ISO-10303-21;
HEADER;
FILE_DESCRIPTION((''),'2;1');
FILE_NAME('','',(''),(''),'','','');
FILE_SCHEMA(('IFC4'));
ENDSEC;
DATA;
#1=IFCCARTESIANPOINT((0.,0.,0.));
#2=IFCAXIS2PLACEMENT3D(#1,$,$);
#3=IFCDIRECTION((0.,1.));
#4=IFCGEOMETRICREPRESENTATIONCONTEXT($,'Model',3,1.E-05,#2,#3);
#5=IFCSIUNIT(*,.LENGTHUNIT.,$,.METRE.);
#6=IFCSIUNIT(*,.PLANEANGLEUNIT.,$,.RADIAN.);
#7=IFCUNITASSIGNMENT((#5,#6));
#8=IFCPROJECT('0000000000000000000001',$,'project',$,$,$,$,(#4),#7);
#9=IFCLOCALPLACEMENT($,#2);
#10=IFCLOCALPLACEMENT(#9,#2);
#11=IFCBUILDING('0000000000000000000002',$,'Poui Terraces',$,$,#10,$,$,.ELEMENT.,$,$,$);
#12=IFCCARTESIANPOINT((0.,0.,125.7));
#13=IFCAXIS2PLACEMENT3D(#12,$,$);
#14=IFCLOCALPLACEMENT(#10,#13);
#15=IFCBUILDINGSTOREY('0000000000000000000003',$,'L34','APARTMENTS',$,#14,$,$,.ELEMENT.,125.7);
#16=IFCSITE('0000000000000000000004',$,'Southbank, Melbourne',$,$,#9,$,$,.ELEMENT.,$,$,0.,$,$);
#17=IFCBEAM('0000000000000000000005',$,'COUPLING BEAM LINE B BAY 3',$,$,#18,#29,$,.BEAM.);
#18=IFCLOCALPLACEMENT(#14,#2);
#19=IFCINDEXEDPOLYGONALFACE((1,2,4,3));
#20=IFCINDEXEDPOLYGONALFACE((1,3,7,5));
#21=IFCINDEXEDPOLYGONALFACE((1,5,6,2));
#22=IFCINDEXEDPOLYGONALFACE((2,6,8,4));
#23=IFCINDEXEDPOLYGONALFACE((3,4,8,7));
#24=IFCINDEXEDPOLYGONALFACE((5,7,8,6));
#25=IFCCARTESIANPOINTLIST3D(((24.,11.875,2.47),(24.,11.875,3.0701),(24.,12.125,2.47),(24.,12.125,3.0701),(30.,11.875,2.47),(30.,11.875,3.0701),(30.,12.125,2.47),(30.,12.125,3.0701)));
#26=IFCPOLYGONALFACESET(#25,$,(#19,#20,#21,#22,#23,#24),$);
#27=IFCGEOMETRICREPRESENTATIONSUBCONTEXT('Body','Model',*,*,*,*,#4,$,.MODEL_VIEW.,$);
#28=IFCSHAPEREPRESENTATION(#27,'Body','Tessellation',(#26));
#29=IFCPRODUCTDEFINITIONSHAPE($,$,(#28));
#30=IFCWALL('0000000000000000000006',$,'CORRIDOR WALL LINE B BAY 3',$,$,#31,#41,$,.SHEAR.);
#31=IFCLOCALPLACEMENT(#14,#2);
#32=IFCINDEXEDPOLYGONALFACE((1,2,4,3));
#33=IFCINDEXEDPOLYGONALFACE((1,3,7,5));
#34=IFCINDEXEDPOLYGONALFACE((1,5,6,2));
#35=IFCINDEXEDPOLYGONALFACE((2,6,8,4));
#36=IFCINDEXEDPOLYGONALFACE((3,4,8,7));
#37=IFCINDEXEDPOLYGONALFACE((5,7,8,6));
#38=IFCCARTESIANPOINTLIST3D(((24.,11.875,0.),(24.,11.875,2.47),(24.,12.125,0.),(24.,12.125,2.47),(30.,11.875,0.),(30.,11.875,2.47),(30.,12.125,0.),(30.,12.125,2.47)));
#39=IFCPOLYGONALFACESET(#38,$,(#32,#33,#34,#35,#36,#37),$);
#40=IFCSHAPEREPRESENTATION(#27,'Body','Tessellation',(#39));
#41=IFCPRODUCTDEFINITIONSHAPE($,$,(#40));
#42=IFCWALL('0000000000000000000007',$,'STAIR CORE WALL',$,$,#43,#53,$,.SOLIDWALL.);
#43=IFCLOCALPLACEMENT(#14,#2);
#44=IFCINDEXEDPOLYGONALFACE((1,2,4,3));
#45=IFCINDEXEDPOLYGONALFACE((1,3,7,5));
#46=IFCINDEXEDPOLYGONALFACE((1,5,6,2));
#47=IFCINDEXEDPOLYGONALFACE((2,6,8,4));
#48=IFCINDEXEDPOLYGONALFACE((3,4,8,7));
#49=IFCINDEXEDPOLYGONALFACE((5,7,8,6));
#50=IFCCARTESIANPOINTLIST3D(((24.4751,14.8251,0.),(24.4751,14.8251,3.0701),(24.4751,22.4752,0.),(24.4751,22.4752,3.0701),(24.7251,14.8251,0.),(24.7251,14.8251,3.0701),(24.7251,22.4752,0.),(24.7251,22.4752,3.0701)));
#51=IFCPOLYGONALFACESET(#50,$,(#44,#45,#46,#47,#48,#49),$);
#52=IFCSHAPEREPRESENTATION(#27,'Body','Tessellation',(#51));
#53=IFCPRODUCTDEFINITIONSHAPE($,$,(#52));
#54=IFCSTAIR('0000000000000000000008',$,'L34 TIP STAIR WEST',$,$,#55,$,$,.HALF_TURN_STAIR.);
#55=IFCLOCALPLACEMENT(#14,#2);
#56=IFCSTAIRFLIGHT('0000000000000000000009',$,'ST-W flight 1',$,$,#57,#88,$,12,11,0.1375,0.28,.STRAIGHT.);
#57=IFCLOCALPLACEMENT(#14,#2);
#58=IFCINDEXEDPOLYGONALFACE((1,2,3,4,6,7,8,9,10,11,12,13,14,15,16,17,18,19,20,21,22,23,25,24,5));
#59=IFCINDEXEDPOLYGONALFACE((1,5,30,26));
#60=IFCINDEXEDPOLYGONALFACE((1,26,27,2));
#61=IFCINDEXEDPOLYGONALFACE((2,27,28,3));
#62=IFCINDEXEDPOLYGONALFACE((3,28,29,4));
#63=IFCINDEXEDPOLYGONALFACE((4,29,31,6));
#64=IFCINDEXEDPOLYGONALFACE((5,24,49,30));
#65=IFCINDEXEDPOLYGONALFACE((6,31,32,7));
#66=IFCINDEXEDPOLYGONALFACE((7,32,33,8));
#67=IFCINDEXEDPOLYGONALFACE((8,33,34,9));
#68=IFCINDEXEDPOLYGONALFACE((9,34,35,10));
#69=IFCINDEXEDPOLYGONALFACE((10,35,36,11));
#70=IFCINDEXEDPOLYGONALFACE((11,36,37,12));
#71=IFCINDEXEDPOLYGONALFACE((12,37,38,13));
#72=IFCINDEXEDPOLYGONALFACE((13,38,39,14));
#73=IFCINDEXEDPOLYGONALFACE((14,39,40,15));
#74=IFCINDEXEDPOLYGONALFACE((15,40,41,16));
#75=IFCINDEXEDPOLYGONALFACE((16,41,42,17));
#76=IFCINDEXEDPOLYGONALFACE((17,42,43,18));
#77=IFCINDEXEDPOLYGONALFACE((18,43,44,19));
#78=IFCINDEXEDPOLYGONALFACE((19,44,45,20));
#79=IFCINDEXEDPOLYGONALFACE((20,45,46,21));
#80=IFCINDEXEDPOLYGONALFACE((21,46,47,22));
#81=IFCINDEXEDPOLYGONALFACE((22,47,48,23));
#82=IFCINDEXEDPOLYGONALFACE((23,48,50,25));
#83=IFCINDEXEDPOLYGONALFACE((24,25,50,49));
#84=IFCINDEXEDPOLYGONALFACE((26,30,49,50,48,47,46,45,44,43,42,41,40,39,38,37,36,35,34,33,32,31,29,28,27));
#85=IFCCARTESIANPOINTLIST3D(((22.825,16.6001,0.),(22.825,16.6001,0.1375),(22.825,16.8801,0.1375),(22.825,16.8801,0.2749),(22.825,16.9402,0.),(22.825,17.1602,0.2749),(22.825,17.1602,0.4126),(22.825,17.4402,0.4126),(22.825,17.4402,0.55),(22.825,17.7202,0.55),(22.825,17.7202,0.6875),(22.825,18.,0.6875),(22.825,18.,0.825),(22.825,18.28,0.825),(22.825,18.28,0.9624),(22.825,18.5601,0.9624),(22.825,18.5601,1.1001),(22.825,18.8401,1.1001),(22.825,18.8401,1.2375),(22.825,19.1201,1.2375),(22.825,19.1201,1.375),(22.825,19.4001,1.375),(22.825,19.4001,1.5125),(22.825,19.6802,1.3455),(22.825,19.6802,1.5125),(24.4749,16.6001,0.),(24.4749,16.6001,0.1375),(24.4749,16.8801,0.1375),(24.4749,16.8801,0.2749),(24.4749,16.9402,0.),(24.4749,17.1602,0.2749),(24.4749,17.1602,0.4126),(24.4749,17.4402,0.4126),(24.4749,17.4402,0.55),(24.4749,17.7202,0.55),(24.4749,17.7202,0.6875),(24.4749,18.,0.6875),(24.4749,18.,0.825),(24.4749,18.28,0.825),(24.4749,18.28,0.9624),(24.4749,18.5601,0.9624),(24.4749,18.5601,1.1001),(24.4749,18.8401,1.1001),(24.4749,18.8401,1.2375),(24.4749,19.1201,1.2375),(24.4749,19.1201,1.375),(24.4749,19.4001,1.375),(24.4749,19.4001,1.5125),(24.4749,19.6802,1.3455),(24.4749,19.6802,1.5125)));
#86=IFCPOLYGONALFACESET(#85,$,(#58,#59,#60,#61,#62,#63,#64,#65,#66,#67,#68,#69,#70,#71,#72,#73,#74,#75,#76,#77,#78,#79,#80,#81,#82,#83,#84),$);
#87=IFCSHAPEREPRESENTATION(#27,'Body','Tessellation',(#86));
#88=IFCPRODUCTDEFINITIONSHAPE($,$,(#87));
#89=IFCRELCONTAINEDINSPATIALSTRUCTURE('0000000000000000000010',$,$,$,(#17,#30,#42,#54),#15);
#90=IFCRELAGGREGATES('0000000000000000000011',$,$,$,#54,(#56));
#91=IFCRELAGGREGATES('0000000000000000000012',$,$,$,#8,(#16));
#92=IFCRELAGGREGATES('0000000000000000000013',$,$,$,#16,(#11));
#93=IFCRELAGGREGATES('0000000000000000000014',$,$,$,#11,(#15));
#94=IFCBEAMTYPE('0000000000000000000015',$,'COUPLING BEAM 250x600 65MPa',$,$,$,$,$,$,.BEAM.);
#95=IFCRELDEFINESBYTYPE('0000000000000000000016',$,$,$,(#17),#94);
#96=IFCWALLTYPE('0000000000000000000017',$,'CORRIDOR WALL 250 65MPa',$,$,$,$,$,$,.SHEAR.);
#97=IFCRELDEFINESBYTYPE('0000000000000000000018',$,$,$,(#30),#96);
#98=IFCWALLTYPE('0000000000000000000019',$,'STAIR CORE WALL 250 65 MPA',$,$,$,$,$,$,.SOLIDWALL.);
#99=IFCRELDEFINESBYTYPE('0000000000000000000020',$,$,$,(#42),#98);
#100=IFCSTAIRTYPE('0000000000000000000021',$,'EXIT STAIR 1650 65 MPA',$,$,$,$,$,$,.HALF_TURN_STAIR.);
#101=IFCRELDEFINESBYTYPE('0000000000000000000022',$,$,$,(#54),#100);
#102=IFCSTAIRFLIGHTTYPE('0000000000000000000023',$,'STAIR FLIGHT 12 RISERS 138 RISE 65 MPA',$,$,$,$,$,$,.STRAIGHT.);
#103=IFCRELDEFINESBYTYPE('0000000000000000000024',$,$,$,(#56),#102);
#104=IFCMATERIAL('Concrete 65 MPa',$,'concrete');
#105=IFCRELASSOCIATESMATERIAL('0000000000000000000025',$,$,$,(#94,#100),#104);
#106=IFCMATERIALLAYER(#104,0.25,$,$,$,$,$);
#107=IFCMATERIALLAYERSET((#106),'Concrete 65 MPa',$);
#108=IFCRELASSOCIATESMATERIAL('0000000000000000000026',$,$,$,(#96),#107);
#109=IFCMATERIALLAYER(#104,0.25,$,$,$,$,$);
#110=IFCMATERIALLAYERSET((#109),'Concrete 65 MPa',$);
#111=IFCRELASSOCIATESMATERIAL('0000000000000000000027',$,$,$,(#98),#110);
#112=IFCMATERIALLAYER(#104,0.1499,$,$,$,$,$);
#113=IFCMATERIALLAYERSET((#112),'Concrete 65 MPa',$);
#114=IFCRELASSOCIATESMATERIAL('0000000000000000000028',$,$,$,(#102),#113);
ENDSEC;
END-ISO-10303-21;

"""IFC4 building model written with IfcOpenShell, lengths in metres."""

from ifc_helpers import new_model, si_unit, direction, frame, frame_2d, origin, origin_2d, place, context, subcontext, project, spatial, polyline, rectangle, outline, extrude, source, transform, mapped, material, layer, layer_set, material_profile, profile_set, type_object, element, aggregate, save


model = new_model("IFC4")

# Units and contexts
model_context = context("Model", 3, precision=1e-05, world=origin(), true_north=direction((0.0, 1.0)))
body_context = subcontext(model_context, "Body", "Model", "MODEL_VIEW")
ifc_project = project(units=[si_unit("LENGTHUNIT", "METRE"), si_unit("PLANEANGLEUNIT", "RADIAN")], contexts=[model_context])

# Site, building, storey
site_placement = place(None, origin())
site = spatial("IfcSite", under=ifc_project, at=site_placement, Name="Southbank, Melbourne", CompositionType="ELEMENT", RefElevation=0.0)
building_placement = place(site_placement, origin())
building = spatial("IfcBuilding", under=site, at=building_placement, Name="Poui Terraces", CompositionType="ELEMENT")
storey_placement = place(building_placement, frame((0.0, 0.0, 125.7)))
storey = spatial("IfcBuildingStorey", under=building, at=storey_placement, Name="L34", Description="APARTMENTS", CompositionType="ELEMENT", Elevation=125.7)

# Beam
ifc_material_1 = material(Name="Concrete 65 MPa", Category="concrete")
ifc_material_profile = material_profile(ifc_material_1, rectangle(XDim=0.25, YDim=0.6001, at=origin_2d()), Name="RC 250x600")
ifc_profile_set = profile_set([ifc_material_profile], Name="Concrete 65 MPa")
beam_type = type_object("IfcBeamType", Name="COUPLING BEAM 250x600 65MPa", PredefinedType="BEAM", material=ifc_profile_set)
shared_shape = source(origin(), body_context, "Body", "SweptSolid", [
    extrude(rectangle(XDim=0.25, YDim=0.6001, at=origin_2d()), origin(), (0.0, 0.0, 1.0), 6.0),
])
beam_placement = place(storey_placement, frame((24.0, 12.0, 2.77), z_axis=(1.0, 0.0, 0.0), x_axis=(0.0, 1.0, 0.0)))
element("IfcBeam", 1, at=beam_placement, inside=storey, type_object=beam_type, Name="COUPLING BEAM LINE B BAY 3", PredefinedType="BEAM", context=body_context, shape_type="MappedRepresentation", body=[
    mapped(shared_shape, transform((0.0, 0.0, 0.0))),
])

# Walls
ifc_layer_1 = layer(ifc_material_1, 0.25)
ifc_layer_set_1 = layer_set([ifc_layer_1], Name="Concrete 65 MPa")
wall_type_1 = type_object("IfcWallType", Name="CORRIDOR WALL 250 65MPa", PredefinedType="SHEAR", material=ifc_layer_set_1)
wall_1_placement = place(storey_placement, frame((24.0, 12.0, 0.0), z_axis=(0.0, 0.0, 1.0), x_axis=(1.0, 0.0, 0.0)))
element("IfcWall", 2, at=wall_1_placement, inside=storey, type_object=wall_type_1, Name="CORRIDOR WALL LINE B BAY 3", PredefinedType="SHEAR", context=body_context, shape_type="SweptSolid", body=[
    extrude(rectangle(XDim=6.0, YDim=0.25, at=frame_2d((3.0, 0.0))), origin(), (0.0, 0.0, 1.0), 2.47),
])
ifc_layer_2 = layer(ifc_material_1, 0.25)
ifc_layer_set_2 = layer_set([ifc_layer_2], Name="Concrete 65 MPa")
wall_type_2 = type_object("IfcWallType", Name="STAIR CORE WALL 250 65 MPA", PredefinedType="SOLIDWALL", material=ifc_layer_set_2)
wall_2_placement = place(storey_placement, frame((24.6001, 14.825, 0.0), z_axis=(0.0, 0.0, 1.0), x_axis=(0.0, 1.0, 0.0)))
element("IfcWall", 3, at=wall_2_placement, inside=storey, type_object=wall_type_2, Name="STAIR CORE WALL", PredefinedType="SOLIDWALL", context=body_context, shape_type="SweptSolid", body=[
    extrude(rectangle(XDim=7.6501, YDim=0.25, at=frame_2d((3.8252, 0.0))), origin(), (0.0, 0.0, 1.0), 3.0701),
])

# Stair, stair flight
stair_type = type_object("IfcStairType", Name="EXIT STAIR 1650 65 MPA", PredefinedType="HALF_TURN_STAIR", material=ifc_material_1)
stair_placement = place(storey_placement, origin())
stair = element("IfcStair", 4, at=stair_placement, inside=storey, type_object=stair_type, Name="L34 TIP STAIR WEST", PredefinedType="HALF_TURN_STAIR")
ifc_layer_3 = layer(ifc_material_1, 0.1499)
ifc_layer_set_3 = layer_set([ifc_layer_3], Name="Concrete 65 MPa")
stair_flight_type = type_object("IfcStairFlightType", Name="STAIR FLIGHT 12 RISERS 138 RISE 65 MPA", PredefinedType="STRAIGHT", material=ifc_layer_set_3)
stair_flight_placement = place(storey_placement, frame((23.6499, 16.6001, 0.0), z_axis=(0.0, 0.0, 1.0), x_axis=(0.0, 1.0, 0.0)))
stair_flight = element("IfcStairFlight", 5, at=stair_flight_placement, type_object=stair_flight_type, Name="ST-W flight 1", NumberOfRisers=12, NumberOfTreads=11, PredefinedType="STRAIGHT", RiserHeight=0.1375, TreadLength=0.28, context=body_context, shape_type="SweptSolid", body=[
    extrude(outline(polyline([(0.0, 0.0), (0.0, 0.1375), (0.28, 0.1375), (0.28, 0.2749), (0.5601, 0.2749), (0.5601, 0.4126), (0.8401, 0.4126), (0.8401, 0.55), (1.1201, 0.55), (1.1201, 0.6875), (1.3999, 0.6875), (1.3999, 0.825), (1.6799, 0.825), (1.6799, 0.9624), (1.96, 0.9624), (1.96, 1.1001), (2.24, 1.1001), (2.24, 1.2375), (2.52, 1.2375), (2.52, 1.375), (2.8, 1.375), (2.8, 1.5125), (3.0801, 1.5125), (3.0801, 1.6499), (3.0801, 1.3455), (0.3401, 0.0), (0.0, 0.0)])), frame((0.0, 0.825, 0.0), z_axis=(0.0, -1.0, 0.0), x_axis=(1.0, 0.0, 0.0)), (0.0, 0.0, 1.0), 1.6499),
])
aggregate(stair, [stair_flight])

save(model, "model.ifc")
